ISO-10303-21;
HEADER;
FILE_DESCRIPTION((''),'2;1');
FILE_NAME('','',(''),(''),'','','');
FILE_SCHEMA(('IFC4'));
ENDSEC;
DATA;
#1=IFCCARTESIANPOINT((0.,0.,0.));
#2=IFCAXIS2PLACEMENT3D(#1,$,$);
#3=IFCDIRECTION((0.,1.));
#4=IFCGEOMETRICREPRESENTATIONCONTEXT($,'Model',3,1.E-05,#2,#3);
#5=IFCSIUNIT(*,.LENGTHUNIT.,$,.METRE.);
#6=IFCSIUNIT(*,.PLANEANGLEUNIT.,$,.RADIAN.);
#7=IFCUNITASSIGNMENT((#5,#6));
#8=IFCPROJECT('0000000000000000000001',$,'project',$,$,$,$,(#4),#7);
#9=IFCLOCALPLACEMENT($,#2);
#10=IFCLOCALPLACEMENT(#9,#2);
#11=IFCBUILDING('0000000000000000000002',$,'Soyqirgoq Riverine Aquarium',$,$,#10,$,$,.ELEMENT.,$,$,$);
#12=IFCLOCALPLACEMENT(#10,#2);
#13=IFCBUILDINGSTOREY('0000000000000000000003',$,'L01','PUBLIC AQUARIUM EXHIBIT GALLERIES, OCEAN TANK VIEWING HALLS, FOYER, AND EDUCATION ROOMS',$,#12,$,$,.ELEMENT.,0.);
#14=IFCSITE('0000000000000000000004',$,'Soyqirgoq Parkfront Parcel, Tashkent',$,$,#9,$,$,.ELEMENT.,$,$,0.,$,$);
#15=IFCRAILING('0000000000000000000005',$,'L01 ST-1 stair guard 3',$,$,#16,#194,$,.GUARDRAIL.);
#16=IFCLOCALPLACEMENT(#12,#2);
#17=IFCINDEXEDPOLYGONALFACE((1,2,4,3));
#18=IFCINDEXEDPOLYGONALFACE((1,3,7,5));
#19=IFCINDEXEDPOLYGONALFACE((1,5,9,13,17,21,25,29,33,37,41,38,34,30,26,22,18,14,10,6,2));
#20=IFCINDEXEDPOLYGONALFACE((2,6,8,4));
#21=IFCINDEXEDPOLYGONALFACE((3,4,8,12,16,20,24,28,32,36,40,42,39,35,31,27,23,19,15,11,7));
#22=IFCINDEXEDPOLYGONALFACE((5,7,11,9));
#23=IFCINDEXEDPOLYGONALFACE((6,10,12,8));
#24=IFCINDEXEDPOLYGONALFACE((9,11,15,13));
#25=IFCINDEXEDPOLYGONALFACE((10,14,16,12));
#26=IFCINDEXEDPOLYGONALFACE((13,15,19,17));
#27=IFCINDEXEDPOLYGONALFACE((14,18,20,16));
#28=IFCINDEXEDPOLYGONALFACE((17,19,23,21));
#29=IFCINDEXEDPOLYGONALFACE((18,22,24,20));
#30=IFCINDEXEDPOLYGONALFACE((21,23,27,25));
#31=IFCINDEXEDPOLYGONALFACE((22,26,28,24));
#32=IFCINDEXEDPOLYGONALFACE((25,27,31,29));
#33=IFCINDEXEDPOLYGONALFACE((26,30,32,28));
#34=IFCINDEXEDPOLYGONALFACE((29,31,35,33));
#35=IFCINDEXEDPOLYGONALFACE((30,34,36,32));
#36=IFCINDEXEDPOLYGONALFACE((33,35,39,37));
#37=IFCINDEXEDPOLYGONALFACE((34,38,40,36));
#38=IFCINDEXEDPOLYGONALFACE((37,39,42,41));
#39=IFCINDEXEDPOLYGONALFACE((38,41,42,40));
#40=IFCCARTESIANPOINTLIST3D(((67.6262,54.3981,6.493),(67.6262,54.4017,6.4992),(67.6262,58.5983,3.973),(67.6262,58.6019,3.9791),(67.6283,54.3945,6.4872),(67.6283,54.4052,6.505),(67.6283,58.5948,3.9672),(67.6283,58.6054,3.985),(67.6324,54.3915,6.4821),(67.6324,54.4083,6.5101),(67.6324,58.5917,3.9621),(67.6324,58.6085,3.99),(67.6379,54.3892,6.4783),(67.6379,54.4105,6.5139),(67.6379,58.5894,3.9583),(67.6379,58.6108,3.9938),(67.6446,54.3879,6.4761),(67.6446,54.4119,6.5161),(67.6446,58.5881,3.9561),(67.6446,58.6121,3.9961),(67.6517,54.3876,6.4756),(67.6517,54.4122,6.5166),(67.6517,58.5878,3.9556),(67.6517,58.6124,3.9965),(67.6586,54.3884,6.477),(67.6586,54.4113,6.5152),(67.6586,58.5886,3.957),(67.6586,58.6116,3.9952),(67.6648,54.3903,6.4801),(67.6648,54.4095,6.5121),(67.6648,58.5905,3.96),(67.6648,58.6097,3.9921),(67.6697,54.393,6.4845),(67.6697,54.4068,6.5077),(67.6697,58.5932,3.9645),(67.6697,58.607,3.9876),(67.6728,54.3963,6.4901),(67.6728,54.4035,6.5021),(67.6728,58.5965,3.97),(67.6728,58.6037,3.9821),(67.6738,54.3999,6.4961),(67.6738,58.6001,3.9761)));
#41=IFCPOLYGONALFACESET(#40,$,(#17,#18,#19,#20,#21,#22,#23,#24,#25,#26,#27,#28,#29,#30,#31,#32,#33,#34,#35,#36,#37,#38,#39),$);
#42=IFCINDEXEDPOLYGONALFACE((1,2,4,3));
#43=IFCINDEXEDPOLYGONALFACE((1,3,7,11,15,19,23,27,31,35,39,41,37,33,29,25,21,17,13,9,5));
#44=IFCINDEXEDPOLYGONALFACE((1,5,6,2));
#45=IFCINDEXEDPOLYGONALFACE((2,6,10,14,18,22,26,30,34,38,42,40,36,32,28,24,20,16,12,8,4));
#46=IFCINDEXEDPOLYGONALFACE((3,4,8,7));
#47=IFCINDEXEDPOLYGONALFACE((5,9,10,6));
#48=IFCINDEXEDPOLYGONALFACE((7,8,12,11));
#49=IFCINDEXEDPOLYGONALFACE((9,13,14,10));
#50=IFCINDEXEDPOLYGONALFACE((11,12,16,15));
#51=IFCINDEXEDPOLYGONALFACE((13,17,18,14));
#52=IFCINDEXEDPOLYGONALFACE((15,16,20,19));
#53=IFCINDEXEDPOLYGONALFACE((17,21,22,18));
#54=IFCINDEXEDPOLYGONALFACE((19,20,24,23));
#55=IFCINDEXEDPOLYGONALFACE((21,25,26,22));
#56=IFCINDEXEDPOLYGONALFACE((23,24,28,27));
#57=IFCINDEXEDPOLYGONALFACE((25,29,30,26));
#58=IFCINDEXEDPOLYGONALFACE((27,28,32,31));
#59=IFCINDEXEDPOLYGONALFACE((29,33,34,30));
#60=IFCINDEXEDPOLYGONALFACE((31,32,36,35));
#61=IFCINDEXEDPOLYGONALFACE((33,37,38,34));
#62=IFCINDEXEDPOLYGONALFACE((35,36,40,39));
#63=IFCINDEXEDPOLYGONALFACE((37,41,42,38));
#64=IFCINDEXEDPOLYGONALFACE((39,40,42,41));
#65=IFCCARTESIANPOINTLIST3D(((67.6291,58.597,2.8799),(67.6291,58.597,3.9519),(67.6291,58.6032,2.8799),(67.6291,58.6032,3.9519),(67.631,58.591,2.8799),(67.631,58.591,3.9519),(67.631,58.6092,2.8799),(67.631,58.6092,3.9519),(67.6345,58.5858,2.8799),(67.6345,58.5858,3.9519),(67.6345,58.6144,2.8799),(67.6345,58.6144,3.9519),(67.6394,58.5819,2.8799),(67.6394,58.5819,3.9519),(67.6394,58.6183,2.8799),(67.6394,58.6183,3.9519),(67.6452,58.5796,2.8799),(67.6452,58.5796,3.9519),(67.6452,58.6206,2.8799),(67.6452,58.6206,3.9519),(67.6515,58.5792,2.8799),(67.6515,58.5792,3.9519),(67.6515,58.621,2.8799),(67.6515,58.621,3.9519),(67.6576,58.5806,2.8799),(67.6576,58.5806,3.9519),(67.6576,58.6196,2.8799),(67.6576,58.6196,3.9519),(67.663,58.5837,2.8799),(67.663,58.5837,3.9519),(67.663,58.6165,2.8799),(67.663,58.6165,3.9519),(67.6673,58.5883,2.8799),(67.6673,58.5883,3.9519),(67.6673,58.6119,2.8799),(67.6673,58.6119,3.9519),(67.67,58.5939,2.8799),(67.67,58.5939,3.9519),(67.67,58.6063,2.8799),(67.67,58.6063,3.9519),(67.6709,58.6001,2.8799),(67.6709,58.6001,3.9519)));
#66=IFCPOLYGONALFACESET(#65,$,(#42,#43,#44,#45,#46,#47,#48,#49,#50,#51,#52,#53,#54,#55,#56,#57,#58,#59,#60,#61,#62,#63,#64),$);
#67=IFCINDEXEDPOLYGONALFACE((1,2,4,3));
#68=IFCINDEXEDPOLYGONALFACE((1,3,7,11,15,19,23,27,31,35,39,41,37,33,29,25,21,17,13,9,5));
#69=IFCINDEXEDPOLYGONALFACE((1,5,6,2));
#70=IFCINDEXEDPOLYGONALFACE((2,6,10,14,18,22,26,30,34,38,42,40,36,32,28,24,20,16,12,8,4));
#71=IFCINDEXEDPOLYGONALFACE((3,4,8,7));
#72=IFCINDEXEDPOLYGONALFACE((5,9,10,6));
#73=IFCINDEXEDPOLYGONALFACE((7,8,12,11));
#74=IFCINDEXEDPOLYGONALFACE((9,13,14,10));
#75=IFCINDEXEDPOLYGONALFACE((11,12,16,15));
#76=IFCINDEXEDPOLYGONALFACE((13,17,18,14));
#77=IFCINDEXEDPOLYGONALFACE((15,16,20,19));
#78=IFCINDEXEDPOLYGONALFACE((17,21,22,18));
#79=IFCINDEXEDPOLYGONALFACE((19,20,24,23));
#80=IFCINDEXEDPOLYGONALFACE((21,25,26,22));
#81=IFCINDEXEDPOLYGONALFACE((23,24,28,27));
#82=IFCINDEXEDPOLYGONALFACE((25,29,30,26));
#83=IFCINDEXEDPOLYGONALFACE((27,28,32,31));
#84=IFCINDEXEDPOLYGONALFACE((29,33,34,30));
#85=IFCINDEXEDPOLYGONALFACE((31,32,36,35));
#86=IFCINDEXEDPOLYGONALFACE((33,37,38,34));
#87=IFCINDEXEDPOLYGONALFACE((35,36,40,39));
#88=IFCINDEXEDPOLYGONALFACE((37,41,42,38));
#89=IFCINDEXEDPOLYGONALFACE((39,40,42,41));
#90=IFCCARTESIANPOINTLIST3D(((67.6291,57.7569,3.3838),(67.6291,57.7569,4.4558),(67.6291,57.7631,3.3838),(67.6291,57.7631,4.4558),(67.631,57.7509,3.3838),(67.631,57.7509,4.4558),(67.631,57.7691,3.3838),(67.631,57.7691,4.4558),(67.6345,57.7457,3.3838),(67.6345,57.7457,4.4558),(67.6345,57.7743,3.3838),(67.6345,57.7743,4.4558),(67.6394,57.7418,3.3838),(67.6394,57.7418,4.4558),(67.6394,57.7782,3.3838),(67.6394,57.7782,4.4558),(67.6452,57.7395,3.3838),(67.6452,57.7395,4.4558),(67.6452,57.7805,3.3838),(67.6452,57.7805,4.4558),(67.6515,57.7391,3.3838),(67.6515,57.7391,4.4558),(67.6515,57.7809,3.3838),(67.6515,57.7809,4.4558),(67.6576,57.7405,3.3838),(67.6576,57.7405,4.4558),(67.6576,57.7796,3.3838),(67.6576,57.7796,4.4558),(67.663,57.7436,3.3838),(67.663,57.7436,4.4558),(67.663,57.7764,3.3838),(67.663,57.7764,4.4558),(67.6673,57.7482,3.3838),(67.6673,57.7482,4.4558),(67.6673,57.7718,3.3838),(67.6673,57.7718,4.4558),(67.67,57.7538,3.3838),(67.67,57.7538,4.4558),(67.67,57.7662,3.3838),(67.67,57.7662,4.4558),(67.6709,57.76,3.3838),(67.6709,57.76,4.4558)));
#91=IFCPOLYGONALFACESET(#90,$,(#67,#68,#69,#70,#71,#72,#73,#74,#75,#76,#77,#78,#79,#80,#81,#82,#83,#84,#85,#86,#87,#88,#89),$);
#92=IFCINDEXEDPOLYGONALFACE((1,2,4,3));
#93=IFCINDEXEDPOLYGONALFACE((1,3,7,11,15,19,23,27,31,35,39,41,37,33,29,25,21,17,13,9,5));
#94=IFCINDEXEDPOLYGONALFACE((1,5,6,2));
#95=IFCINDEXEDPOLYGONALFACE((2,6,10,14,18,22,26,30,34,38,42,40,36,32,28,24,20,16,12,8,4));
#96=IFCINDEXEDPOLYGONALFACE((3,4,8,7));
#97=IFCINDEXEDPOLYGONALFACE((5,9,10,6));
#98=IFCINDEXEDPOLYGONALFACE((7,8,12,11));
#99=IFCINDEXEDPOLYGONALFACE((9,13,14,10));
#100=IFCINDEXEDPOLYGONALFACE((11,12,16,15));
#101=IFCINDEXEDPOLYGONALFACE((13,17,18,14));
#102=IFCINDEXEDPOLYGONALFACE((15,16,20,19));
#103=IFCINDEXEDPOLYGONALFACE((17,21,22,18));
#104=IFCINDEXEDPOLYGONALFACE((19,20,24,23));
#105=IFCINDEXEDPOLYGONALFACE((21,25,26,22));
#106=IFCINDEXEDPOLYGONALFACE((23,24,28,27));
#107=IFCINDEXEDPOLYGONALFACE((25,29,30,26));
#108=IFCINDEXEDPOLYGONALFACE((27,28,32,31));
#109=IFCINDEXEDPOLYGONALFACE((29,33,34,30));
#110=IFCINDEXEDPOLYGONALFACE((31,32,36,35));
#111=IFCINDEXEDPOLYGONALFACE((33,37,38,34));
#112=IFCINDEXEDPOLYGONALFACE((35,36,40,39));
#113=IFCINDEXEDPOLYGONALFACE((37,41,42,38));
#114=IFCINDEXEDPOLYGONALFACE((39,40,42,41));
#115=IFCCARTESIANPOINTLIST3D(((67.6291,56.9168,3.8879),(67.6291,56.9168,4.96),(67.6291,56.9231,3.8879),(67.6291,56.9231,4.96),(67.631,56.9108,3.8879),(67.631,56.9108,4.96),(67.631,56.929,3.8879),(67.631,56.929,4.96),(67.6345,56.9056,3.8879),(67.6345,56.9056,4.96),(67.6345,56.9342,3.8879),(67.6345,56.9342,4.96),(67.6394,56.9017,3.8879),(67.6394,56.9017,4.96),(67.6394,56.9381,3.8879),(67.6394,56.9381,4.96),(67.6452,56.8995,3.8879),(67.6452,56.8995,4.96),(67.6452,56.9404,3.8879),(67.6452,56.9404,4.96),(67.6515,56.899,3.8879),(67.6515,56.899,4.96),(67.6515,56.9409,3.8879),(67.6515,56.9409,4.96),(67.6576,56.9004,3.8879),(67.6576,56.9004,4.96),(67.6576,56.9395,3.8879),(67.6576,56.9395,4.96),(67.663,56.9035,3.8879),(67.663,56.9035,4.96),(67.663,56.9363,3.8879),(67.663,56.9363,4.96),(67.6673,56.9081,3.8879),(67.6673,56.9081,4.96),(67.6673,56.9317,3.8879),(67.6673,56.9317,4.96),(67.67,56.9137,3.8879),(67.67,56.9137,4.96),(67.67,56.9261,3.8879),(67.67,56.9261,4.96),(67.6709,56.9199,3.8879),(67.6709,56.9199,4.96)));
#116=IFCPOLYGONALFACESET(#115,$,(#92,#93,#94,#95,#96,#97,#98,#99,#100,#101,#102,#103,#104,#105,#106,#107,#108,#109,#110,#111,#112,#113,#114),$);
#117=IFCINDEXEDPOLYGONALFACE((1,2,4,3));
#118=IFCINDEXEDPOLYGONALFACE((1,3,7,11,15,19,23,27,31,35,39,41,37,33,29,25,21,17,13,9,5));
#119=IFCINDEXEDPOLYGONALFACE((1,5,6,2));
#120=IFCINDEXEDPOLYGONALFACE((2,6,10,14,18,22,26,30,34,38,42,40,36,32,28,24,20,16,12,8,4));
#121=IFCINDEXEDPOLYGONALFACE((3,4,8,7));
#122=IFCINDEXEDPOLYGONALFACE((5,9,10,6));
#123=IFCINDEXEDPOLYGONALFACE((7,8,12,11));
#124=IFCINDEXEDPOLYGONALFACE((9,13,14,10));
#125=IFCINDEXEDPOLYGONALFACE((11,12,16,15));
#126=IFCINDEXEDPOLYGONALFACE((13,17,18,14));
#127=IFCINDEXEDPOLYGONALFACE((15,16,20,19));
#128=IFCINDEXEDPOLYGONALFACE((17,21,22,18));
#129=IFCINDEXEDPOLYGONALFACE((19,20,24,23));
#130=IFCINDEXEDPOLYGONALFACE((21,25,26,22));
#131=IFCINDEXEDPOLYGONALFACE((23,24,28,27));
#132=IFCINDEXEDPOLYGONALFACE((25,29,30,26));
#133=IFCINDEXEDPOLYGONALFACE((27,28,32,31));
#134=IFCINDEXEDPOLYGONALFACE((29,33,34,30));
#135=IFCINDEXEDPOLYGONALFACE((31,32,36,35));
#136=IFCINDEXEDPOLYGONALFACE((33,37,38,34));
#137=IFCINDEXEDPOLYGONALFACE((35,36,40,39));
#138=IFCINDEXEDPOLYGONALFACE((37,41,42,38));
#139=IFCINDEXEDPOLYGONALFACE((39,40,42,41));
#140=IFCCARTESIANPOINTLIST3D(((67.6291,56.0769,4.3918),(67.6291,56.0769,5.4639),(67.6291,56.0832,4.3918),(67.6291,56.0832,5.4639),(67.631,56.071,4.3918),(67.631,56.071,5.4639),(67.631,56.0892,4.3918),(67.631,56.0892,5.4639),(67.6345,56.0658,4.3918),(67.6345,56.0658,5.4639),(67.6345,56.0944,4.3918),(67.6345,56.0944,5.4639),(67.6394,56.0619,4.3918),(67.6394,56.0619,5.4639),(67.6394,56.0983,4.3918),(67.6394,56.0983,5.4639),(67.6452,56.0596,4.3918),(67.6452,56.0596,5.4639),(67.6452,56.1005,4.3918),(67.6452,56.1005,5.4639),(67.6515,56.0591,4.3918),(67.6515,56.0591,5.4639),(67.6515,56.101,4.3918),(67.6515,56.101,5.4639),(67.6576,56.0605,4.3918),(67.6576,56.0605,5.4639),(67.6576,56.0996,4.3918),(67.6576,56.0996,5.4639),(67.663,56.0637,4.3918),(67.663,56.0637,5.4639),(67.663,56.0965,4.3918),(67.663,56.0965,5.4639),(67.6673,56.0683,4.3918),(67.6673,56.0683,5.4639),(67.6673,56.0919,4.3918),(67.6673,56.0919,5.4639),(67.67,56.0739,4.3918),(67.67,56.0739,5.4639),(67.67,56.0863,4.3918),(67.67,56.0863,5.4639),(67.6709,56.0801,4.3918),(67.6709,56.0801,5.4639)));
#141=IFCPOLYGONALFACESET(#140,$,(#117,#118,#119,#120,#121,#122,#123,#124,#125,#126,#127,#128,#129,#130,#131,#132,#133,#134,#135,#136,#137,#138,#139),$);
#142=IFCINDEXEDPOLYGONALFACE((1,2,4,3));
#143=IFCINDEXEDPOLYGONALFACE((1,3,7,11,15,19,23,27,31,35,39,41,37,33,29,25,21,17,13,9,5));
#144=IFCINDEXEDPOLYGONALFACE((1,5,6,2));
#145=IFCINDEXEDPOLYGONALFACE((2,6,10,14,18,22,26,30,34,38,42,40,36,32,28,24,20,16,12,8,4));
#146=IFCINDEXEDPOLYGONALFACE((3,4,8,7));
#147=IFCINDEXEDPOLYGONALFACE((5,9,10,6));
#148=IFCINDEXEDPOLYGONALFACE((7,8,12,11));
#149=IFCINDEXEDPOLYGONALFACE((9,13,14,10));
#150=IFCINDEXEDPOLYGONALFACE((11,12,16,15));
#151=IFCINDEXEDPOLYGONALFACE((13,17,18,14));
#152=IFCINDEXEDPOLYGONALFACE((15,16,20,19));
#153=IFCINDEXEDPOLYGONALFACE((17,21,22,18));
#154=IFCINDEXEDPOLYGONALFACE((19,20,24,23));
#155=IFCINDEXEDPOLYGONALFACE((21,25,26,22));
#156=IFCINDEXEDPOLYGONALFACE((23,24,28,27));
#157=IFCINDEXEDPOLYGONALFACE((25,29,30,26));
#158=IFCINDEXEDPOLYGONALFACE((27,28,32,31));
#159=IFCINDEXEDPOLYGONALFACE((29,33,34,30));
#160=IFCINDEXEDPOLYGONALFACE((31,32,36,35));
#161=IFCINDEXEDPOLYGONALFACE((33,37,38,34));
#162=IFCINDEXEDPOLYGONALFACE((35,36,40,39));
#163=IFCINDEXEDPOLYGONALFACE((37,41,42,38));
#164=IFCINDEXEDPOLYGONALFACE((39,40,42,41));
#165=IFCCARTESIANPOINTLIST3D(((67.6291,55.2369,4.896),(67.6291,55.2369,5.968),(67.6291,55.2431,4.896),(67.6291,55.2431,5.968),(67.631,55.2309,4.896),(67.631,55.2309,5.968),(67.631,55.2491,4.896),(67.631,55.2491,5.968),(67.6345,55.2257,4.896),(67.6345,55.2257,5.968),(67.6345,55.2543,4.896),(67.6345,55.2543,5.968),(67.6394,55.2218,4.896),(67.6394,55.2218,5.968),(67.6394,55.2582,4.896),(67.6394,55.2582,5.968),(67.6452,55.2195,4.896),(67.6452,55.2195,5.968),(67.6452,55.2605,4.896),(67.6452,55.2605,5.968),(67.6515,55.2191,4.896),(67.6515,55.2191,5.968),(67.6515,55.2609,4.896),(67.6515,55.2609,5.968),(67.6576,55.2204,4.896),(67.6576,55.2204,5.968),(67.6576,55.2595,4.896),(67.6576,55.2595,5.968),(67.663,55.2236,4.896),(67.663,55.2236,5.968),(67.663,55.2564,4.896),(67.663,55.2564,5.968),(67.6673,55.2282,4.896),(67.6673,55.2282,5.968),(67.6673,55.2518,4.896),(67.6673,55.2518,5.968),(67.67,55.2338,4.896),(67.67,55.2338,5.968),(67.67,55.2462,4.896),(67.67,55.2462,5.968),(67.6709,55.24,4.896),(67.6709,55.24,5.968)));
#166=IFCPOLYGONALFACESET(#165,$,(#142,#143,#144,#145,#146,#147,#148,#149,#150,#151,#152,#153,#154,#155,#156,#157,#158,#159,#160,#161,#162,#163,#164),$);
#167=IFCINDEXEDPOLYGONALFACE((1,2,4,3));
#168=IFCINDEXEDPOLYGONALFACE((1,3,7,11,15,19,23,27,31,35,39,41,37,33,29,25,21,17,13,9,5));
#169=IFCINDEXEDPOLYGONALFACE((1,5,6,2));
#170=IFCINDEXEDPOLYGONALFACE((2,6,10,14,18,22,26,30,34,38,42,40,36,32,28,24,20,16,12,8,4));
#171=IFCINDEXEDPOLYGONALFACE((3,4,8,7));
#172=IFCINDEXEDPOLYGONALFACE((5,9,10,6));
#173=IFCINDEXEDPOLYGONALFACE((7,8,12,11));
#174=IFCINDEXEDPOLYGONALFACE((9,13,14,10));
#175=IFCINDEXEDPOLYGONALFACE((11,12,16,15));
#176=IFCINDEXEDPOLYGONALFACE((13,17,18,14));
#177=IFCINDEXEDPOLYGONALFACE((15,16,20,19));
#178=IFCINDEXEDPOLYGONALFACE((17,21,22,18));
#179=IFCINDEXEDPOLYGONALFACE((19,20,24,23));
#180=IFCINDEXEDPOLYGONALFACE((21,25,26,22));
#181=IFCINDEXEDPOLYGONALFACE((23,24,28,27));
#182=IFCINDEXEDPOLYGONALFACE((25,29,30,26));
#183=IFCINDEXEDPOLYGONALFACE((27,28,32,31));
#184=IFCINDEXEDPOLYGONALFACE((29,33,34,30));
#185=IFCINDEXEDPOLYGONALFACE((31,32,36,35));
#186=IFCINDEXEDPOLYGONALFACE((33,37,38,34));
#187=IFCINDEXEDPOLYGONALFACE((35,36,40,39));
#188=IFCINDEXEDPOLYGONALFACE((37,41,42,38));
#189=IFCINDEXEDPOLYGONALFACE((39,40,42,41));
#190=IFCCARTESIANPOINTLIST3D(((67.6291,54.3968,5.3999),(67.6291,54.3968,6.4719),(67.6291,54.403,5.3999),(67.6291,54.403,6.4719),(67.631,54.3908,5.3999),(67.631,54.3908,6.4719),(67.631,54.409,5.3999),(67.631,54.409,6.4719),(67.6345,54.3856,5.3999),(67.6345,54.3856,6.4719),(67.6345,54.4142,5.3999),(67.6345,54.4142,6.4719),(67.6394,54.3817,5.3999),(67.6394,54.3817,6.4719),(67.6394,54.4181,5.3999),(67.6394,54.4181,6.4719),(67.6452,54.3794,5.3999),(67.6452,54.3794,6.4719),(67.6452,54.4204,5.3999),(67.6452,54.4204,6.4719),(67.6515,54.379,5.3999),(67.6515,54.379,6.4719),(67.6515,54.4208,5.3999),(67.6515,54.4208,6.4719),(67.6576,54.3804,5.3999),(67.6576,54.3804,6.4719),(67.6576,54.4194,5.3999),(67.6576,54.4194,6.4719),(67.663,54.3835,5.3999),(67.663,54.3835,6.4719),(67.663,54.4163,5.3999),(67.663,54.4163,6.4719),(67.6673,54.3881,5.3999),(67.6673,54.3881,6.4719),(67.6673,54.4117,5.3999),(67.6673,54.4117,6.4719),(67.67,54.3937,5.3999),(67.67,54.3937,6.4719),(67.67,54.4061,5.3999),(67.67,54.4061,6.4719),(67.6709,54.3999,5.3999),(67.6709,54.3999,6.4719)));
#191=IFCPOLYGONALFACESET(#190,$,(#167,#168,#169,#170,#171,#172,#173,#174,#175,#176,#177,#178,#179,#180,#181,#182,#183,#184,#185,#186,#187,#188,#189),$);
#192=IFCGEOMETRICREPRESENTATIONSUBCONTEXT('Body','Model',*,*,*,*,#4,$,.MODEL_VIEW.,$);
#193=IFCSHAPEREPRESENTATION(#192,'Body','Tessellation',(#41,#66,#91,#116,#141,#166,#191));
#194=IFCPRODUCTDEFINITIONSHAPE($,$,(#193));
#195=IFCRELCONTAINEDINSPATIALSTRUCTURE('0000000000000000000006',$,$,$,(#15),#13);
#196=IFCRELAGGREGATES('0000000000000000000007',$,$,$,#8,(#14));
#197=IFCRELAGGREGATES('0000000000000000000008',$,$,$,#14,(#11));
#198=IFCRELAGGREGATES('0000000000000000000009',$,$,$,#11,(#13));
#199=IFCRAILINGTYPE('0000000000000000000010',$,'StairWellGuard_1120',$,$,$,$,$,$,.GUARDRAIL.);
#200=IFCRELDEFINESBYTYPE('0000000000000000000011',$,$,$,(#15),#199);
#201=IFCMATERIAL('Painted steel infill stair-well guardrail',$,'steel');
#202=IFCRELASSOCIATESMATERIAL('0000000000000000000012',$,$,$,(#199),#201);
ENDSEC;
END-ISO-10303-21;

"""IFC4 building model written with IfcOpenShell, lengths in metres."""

from ifc_helpers import new_model, si_unit, direction, frame, origin, origin_2d, place, context, subcontext, project, spatial, circle, extrude, material, type_object, element, save


model = new_model("IFC4")

# Units and contexts
model_context = context("Model", 3, precision=1e-05, world=origin(), true_north=direction((0.0, 1.0)))
body_context = subcontext(model_context, "Body", "Model", "MODEL_VIEW")
ifc_project = project(units=[si_unit("LENGTHUNIT", "METRE"), si_unit("PLANEANGLEUNIT", "RADIAN")], contexts=[model_context])

# Site, building, storey
site_placement = place(None, origin())
site = spatial("IfcSite", under=ifc_project, at=site_placement, Name="Soyqirgoq Parkfront Parcel, Tashkent", CompositionType="ELEMENT", RefElevation=0.0)
building_placement = place(site_placement, origin())
building = spatial("IfcBuilding", under=site, at=building_placement, Name="Soyqirgoq Riverine Aquarium", CompositionType="ELEMENT")
storey_placement = place(building_placement, origin())
storey = spatial("IfcBuildingStorey", under=building, at=storey_placement, Name="L01", Description="PUBLIC AQUARIUM EXHIBIT GALLERIES, OCEAN TANK VIEWING HALLS, FOYER, AND EDUCATION ROOMS", CompositionType="ELEMENT", Elevation=0.0)

# Railing
ifc_material_1 = material(Name="Painted steel infill stair-well guardrail", Category="steel")
railing_type_1 = type_object("IfcRailingType", Name="StairWellGuard_1120", PredefinedType="GUARDRAIL", material=ifc_material_1)
railing_1_placement = place(storey_placement, frame((67.6499, 58.6001, 2.8799)))
element("IfcRailing", 1, at=railing_1_placement, inside=storey, type_object=railing_type_1, Name="L01 ST-1 stair guard 3", PredefinedType="GUARDRAIL", context=body_context, shape_type="SweptSolid", body=[
    extrude(circle(Radius=0.0239, at=origin_2d()), frame((0.0, 0.0, 1.0962), z_axis=(0.0, -0.857502, 0.514481), x_axis=(1.0, 0.0, 0.0)), (0.0, 0.0, 1.0), 4.8982),
    extrude(circle(Radius=0.021, at=origin_2d()), origin(), (0.0, 0.0, 1.0), 1.072),
    extrude(circle(Radius=0.021, at=origin_2d()), frame((0.0, -0.8401, 0.5039)), (0.0, 0.0, 1.0), 1.072),
    extrude(circle(Radius=0.021, at=origin_2d()), frame((0.0, -1.6802, 1.0081)), (0.0, 0.0, 1.0), 1.072),
    extrude(circle(Radius=0.021, at=origin_2d()), frame((0.0, -2.52, 1.512)), (0.0, 0.0, 1.0), 1.072),
    extrude(circle(Radius=0.021, at=origin_2d()), frame((0.0, -3.3601, 2.0161)), (0.0, 0.0, 1.0), 1.072),
    extrude(circle(Radius=0.021, at=origin_2d()), frame((0.0, -4.2002, 2.52)), (0.0, 0.0, 1.0), 1.072),
])

save(model, "model.ifc")
